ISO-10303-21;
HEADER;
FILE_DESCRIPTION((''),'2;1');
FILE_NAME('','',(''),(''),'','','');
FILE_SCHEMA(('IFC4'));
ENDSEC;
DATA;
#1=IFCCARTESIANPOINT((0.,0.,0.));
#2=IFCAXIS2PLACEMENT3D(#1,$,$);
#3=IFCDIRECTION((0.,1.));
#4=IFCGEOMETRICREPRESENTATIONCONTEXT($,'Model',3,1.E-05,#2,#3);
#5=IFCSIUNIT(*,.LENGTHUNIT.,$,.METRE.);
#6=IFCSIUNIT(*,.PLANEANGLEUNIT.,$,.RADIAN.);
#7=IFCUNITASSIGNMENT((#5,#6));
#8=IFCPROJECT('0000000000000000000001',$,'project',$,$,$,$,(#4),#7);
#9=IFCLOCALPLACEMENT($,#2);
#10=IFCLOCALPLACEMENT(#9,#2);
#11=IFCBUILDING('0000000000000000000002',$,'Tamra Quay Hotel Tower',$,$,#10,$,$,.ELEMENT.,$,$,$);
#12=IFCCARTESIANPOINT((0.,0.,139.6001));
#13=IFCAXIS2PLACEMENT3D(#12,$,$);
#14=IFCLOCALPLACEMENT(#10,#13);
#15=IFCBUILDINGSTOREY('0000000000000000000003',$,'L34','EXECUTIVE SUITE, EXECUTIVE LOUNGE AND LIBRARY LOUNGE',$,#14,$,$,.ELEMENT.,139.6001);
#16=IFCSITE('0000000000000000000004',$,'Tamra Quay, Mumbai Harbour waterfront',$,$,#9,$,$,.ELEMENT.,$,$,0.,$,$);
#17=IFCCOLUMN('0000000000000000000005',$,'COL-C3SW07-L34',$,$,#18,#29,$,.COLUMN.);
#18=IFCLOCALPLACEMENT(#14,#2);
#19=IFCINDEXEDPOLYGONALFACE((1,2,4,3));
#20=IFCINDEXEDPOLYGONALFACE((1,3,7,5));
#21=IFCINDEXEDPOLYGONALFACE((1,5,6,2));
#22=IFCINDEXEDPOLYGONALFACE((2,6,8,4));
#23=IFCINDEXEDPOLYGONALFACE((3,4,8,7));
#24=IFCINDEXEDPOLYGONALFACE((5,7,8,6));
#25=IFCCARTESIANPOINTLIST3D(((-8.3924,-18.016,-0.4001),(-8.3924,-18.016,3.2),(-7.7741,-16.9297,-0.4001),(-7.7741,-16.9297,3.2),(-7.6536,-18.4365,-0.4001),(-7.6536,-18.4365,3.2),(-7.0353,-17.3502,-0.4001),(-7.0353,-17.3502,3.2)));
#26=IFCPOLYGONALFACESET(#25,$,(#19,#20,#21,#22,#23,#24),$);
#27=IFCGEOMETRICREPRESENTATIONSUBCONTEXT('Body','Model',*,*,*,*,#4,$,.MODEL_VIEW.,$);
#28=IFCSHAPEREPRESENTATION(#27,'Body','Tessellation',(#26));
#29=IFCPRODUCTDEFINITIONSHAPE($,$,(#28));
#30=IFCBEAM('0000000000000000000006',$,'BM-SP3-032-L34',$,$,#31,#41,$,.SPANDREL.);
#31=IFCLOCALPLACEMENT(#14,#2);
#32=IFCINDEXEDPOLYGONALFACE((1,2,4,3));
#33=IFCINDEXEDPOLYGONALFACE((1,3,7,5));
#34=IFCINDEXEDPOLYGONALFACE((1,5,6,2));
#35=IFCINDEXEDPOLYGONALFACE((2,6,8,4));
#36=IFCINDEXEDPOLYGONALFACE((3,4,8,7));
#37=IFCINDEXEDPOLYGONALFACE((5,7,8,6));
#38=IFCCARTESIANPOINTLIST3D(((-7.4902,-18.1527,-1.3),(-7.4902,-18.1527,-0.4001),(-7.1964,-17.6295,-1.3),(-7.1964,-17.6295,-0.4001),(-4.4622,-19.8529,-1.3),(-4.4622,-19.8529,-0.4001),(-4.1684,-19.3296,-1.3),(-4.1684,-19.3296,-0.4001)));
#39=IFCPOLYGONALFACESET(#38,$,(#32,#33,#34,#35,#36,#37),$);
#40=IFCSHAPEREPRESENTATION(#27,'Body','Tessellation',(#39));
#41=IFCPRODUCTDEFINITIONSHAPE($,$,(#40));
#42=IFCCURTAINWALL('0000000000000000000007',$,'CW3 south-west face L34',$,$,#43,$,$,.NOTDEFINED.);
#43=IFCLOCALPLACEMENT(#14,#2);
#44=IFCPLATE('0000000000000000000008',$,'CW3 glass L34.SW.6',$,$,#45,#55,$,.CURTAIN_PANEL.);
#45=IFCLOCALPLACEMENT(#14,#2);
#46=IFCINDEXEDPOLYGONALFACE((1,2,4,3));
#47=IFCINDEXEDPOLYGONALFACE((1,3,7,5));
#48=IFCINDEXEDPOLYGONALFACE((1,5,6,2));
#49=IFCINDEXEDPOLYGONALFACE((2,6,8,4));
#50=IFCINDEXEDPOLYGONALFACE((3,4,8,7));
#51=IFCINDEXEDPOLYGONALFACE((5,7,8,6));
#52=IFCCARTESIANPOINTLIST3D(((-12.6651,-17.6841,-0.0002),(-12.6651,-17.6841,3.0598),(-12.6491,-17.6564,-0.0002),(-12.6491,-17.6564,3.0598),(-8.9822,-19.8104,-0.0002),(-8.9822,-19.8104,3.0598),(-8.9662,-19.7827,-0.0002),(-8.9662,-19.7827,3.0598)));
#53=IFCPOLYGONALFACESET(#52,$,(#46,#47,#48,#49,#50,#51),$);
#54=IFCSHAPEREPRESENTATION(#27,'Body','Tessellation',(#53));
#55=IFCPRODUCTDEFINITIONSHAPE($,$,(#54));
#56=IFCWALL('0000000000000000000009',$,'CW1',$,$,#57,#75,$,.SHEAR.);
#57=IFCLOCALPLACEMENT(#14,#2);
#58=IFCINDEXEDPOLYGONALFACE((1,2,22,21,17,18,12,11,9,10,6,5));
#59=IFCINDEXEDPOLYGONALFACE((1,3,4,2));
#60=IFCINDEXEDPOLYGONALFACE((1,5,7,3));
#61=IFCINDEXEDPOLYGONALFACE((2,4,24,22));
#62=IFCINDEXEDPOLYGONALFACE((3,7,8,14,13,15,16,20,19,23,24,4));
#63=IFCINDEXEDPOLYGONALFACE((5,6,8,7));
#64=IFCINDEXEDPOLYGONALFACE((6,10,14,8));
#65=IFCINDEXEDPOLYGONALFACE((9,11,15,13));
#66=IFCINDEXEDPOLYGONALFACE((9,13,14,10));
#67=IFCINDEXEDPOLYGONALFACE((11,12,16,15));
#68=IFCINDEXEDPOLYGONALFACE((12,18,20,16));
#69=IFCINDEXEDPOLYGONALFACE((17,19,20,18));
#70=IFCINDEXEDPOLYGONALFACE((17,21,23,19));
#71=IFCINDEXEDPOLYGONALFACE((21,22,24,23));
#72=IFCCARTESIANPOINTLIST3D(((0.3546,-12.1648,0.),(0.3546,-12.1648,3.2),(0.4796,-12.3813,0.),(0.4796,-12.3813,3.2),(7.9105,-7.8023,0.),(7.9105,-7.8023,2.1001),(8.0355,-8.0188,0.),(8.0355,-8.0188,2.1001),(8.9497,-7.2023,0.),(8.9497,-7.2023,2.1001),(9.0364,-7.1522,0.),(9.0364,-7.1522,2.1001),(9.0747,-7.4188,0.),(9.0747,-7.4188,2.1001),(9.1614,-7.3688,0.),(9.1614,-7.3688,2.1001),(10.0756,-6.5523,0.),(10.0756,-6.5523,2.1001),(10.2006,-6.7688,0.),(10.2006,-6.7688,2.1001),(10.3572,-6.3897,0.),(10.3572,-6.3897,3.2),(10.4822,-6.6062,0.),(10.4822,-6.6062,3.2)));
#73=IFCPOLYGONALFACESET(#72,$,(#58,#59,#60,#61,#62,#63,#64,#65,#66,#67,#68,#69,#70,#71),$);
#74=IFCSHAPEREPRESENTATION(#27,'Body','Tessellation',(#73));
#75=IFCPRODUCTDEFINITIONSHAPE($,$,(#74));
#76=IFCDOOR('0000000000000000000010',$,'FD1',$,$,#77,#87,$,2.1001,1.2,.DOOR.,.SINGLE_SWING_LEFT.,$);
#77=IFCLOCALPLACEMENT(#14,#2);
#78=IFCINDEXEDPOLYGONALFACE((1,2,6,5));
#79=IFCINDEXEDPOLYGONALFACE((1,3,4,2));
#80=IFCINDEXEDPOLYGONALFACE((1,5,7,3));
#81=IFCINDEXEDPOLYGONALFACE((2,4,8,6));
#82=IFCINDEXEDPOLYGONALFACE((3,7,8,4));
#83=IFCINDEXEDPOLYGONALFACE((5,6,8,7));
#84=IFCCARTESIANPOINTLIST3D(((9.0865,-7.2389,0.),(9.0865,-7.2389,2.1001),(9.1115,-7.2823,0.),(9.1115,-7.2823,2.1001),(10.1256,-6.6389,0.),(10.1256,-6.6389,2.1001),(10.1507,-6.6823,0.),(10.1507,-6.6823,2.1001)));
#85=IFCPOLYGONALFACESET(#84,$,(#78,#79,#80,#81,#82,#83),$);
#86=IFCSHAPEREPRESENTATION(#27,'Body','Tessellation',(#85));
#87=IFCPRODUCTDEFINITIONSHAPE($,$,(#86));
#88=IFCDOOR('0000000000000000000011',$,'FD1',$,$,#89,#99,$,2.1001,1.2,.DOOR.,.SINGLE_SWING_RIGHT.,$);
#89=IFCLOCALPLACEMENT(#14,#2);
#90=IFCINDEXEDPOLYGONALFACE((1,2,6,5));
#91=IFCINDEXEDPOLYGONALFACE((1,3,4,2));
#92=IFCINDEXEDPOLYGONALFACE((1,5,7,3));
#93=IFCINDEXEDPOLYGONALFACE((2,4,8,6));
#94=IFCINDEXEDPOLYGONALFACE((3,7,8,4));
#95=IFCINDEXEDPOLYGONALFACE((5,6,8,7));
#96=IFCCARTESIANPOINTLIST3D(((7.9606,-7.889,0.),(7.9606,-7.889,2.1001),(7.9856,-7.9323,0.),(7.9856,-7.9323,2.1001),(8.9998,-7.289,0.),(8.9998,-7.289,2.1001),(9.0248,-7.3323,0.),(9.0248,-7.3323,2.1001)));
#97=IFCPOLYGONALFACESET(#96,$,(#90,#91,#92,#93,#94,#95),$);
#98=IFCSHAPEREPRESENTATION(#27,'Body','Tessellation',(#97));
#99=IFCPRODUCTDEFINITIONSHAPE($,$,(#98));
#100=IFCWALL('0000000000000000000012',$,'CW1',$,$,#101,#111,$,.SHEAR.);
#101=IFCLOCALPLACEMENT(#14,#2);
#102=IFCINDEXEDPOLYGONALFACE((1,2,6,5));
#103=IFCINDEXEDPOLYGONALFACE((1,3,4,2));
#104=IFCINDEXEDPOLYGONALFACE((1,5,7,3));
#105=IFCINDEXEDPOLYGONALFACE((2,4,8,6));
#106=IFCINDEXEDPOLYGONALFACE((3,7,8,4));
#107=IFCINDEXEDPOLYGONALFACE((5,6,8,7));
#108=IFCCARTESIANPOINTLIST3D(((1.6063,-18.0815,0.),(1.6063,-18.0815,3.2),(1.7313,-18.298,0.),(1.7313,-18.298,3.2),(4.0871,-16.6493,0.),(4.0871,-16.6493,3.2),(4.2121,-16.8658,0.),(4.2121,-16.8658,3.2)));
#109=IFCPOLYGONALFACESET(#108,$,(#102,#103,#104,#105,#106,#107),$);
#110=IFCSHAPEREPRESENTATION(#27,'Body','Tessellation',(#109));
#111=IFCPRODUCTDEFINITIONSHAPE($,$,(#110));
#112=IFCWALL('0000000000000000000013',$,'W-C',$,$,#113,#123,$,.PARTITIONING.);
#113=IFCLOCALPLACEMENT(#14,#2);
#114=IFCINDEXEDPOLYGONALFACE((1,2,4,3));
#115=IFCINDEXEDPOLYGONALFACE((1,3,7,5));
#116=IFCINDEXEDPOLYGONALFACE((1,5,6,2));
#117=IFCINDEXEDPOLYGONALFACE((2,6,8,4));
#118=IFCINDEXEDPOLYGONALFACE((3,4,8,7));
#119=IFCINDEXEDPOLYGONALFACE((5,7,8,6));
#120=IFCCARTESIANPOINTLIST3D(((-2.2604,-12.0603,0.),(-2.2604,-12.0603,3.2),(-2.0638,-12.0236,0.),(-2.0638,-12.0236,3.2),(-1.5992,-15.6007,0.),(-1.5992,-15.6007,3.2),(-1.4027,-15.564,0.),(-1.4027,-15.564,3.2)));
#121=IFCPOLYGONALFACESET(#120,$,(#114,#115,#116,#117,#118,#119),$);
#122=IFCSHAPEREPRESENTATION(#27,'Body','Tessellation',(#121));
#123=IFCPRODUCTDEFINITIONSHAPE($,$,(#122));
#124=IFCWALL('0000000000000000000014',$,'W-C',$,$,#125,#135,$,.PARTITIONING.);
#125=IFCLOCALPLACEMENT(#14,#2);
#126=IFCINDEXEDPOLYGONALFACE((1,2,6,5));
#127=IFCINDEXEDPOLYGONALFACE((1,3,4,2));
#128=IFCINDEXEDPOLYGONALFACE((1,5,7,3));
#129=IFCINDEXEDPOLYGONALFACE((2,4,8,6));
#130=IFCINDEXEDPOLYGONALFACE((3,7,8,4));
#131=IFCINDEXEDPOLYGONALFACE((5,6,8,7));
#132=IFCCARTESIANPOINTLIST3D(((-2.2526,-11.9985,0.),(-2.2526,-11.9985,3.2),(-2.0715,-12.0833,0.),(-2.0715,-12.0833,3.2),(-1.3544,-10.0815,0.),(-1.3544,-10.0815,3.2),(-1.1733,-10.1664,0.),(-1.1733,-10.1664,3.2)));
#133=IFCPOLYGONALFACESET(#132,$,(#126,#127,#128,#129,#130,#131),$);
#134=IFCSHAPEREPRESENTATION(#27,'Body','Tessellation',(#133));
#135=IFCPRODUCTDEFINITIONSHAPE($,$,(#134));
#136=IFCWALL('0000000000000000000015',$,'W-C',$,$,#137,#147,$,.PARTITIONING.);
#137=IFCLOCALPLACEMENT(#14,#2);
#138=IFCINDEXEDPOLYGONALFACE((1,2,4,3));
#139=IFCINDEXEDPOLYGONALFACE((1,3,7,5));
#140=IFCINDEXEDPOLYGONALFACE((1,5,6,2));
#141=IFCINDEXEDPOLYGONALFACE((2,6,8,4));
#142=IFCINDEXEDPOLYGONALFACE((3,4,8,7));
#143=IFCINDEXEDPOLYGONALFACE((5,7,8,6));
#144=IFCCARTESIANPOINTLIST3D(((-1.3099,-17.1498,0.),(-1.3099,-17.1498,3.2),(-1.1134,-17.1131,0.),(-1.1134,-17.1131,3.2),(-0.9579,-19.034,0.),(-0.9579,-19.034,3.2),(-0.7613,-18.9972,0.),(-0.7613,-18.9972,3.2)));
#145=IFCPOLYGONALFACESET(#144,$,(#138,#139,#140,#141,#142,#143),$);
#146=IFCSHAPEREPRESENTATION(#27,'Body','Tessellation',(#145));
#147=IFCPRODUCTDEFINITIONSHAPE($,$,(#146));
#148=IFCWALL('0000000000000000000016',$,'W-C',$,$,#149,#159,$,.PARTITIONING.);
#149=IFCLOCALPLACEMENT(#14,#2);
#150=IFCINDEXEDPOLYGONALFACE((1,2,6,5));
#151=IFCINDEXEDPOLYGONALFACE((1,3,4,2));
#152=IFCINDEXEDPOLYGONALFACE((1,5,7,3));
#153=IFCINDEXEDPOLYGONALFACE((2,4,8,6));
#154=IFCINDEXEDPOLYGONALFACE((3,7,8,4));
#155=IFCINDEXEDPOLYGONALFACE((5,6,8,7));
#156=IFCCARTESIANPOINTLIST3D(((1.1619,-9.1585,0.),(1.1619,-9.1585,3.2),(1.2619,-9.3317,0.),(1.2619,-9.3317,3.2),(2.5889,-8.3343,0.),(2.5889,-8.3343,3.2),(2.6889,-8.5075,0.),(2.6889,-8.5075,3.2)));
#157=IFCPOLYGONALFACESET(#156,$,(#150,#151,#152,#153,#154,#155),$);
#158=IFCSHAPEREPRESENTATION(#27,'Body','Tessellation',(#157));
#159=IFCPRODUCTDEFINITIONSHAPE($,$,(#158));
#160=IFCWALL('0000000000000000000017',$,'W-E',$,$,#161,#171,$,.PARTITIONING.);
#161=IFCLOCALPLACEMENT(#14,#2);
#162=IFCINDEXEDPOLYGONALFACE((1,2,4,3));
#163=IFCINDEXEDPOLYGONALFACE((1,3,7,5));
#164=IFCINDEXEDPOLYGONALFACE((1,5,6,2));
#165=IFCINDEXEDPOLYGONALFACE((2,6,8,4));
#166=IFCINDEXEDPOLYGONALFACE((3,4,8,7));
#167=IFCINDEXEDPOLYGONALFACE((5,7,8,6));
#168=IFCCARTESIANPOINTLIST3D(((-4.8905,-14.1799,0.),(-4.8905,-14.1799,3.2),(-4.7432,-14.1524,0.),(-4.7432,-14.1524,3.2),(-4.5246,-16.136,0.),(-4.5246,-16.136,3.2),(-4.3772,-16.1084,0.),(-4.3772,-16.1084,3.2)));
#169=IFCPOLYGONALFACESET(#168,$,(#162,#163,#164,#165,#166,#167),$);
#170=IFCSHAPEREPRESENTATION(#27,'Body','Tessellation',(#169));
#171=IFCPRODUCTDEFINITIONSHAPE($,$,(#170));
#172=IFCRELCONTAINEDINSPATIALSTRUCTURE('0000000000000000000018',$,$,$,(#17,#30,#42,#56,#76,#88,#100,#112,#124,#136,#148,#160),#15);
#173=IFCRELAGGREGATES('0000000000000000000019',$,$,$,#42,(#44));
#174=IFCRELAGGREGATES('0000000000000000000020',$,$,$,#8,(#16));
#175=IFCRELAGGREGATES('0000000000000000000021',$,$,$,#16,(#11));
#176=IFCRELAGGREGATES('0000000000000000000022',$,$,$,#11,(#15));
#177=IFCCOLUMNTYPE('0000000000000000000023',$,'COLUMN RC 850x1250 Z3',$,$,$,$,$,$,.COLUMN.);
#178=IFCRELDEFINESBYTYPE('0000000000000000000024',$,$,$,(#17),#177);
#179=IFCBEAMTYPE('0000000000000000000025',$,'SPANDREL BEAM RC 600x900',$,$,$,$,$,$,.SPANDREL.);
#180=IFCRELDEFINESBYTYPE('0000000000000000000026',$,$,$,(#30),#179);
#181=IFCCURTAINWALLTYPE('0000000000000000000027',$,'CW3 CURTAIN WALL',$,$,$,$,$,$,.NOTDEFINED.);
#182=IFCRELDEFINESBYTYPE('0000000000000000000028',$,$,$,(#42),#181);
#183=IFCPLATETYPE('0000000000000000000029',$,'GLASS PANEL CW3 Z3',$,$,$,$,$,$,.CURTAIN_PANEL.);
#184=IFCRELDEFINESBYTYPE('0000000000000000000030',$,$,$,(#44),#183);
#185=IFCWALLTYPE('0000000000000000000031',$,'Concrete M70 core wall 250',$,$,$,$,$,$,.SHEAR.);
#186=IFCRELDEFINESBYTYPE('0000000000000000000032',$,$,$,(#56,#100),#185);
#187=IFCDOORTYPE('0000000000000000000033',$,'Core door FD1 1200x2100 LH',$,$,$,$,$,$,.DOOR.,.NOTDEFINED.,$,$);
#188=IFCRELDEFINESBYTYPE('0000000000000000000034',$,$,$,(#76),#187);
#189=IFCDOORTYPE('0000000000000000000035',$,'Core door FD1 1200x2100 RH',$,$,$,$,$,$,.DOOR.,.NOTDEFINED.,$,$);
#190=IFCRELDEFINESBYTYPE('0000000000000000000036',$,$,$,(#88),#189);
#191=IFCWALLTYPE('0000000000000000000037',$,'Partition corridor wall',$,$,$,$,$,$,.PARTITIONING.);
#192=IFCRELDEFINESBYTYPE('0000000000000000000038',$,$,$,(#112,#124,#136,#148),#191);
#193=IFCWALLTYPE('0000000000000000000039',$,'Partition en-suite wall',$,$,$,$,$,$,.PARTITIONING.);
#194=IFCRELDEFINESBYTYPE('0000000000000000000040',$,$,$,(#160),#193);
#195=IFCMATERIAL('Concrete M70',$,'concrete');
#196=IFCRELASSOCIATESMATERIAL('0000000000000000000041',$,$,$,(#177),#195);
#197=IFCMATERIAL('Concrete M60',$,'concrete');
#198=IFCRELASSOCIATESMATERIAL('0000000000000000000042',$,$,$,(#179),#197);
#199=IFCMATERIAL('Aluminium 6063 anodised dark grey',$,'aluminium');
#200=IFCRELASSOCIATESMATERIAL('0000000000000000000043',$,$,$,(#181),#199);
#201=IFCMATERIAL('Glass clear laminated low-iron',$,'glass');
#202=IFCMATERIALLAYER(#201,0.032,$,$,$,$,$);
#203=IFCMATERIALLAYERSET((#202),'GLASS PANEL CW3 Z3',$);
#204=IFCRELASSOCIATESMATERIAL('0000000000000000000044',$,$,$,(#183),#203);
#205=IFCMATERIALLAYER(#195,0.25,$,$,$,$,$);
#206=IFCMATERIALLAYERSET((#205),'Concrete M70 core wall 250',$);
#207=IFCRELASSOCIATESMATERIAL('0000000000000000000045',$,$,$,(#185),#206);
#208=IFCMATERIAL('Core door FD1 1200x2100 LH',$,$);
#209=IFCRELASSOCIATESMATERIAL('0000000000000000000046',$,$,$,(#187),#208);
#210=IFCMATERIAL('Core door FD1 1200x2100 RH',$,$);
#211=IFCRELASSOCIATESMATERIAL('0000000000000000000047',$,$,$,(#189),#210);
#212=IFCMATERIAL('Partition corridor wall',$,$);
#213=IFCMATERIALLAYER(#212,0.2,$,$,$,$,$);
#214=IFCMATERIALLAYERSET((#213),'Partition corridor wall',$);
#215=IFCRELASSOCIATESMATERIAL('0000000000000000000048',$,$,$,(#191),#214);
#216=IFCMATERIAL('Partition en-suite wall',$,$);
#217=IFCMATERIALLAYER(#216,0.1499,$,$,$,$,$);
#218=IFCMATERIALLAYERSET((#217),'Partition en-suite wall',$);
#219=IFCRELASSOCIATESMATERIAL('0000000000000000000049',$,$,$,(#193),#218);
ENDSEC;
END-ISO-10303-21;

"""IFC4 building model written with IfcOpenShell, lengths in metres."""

from ifc_helpers import new_model, si_unit, direction, frame, frame_2d, origin, origin_2d, place, context, subcontext, project, spatial, rectangle, extrude, material, layer, layer_set, material_profile, profile_set, type_object, element, fill, aggregate, save


model = new_model("IFC4")

# Units and contexts
model_context = context("Model", 3, precision=1e-05, world=origin(), true_north=direction((0.0, 1.0)))
body_context = subcontext(model_context, "Body", "Model", "MODEL_VIEW")
ifc_project = project(units=[si_unit("LENGTHUNIT", "METRE"), si_unit("PLANEANGLEUNIT", "RADIAN")], contexts=[model_context])

# Site, building, storey
site_placement = place(None, origin())
site = spatial("IfcSite", under=ifc_project, at=site_placement, Name="Tamra Quay, Mumbai Harbour waterfront", CompositionType="ELEMENT", RefElevation=0.0)
building_placement = place(site_placement, origin())
building = spatial("IfcBuilding", under=site, at=building_placement, Name="Tamra Quay Hotel Tower", CompositionType="ELEMENT")
storey_placement = place(building_placement, frame((0.0, 0.0, 139.6001)))
storey = spatial("IfcBuildingStorey", under=building, at=storey_placement, Name="L34", Description="EXECUTIVE SUITE, EXECUTIVE LOUNGE AND LIBRARY LOUNGE", CompositionType="ELEMENT", Elevation=139.6001)

# Column
ifc_material_1 = material(Name="Concrete M70", Category="concrete")
ifc_material_profile_1 = material_profile(ifc_material_1, rectangle(XDim=1.25, YDim=0.8501, at=origin_2d()), Name="COLUMN RC 850x1250 Z3")
ifc_profile_set_1 = profile_set([ifc_material_profile_1], Name="Concrete M70")
column_type = type_object("IfcColumnType", Name="COLUMN RC 850x1250 Z3", PredefinedType="COLUMN", material=ifc_profile_set_1)
column_placement = place(storey_placement, frame((-7.7139, -17.6831, -0.4001), z_axis=(0.0, 0.0, 1.0), x_axis=(0.494656, 0.869089, 0.0)))
element("IfcColumn", 1, at=column_placement, inside=storey, type_object=column_type, Name="COL-C3SW07-L34", PredefinedType="COLUMN", context=body_context, shape_type="SweptSolid", body=[
    extrude(rectangle(XDim=1.25, YDim=0.8501, at=origin_2d()), origin(), (0.0, 0.0, 1.0), 3.6001),
])

# Beam
ifc_material_2 = material(Name="Concrete M60", Category="concrete")
ifc_material_profile_2 = material_profile(ifc_material_2, rectangle(XDim=0.6001, YDim=0.8999, at=origin_2d()), Name="SPANDREL BEAM RC 600x900")
ifc_profile_set_2 = profile_set([ifc_material_profile_2], Name="Concrete M60")
beam_type = type_object("IfcBeamType", Name="SPANDREL BEAM RC 600x900", PredefinedType="SPANDREL", material=ifc_profile_set_2)
beam_placement = place(storey_placement, frame((-7.3433, -17.8911, -0.8501), z_axis=(0.871956, -0.489584, 0.0), x_axis=(0.489584, 0.871956, 0.0)))
element("IfcBeam", 2, at=beam_placement, inside=storey, type_object=beam_type, Name="BM-SP3-032-L34", PredefinedType="SPANDREL", context=body_context, shape_type="SweptSolid", body=[
    extrude(rectangle(XDim=0.6001, YDim=0.8999, at=origin_2d()), origin(), (0.0, 0.0, 1.0), 3.4727),
])

# Curtain wall, plate
ifc_material_3 = material(Name="Aluminium 6063 anodised dark grey", Category="aluminium")
curtain_wall_type = type_object("IfcCurtainWallType", Name="CW3 CURTAIN WALL", PredefinedType="NOTDEFINED", material=ifc_material_3)
curtain_wall_placement = place(storey_placement, origin())
curtain_wall = element("IfcCurtainWall", 3, at=curtain_wall_placement, inside=storey, type_object=curtain_wall_type, Name="CW3 south-west face L34", PredefinedType="NOTDEFINED")
ifc_material_4 = material(Name="Glass clear laminated low-iron", Category="glass")
ifc_layer_1 = layer(ifc_material_4, 0.032)
ifc_layer_set_1 = layer_set([ifc_layer_1], Name="GLASS PANEL CW3 Z3")
plate_type = type_object("IfcPlateType", Name="GLASS PANEL CW3 Z3", PredefinedType="CURTAIN_PANEL", material=ifc_layer_set_1)
plate_placement = place(storey_placement, frame((-10.8157, -18.7334, -0.0002), z_axis=(0.0, 0.0, 1.0), x_axis=(0.866025, -0.5, 0.0)))
plate = element("IfcPlate", 4, at=plate_placement, type_object=plate_type, Name="CW3 glass L34.SW.6", PredefinedType="CURTAIN_PANEL", context=body_context, shape_type="SweptSolid", body=[
    extrude(rectangle(XDim=4.2527, YDim=0.032, at=origin_2d()), origin(), (0.0, 0.0, 1.0), 3.0601),
])
aggregate(curtain_wall, [plate])

# Wall, openings, doors
ifc_layer_2 = layer(ifc_material_1, 0.25)
ifc_layer_set_2 = layer_set([ifc_layer_2], Name="Concrete M70 core wall 250")
wall_type_1 = type_object("IfcWallType", Name="Concrete M70 core wall 250", PredefinedType="SHEAR", material=ifc_layer_set_2)
wall_1_placement = place(storey_placement, frame((0.4172, -12.2729, 0.0), z_axis=(0.0, 0.0, 1.0), x_axis=(0.866022, 0.500006, 0.0)))
wall_1 = element("IfcWall", 5, at=wall_1_placement, inside=storey, type_object=wall_type_1, Name="CW1", PredefinedType="SHEAR", context=body_context, shape_type="SweptSolid", body=[
    extrude(rectangle(XDim=11.55, YDim=0.25, at=frame_2d((5.7749, 0.0))), origin(), (0.0, 0.0, 1.0), 3.2),
])
opening_1_placement = place(wall_1_placement, frame((10.0247, 0.0, 0.0)))
opening_1 = element("IfcOpeningElement", 6, at=opening_1_placement, cuts=wall_1, PredefinedType="OPENING", context=body_context, shape_type="SweptSolid", body=[
    extrude(rectangle(XDim=1.2, YDim=2.1001, at=frame_2d((0.6001, 1.05))), frame((0.0, 0.135, 0.0), z_axis=(0.0, -1.0, 0.0), x_axis=(1.0, 0.0, 0.0)), (0.0, 0.0, 1.0), 0.27),
])
opening_2_placement = place(wall_1_placement, frame((8.7246, 0.0, 0.0)))
opening_2 = element("IfcOpeningElement", 7, at=opening_2_placement, cuts=wall_1, PredefinedType="OPENING", context=body_context, shape_type="SweptSolid", body=[
    extrude(rectangle(XDim=1.2, YDim=2.1001, at=frame_2d((0.6001, 1.05))), frame((0.0, 0.135, 0.0), z_axis=(0.0, -1.0, 0.0), x_axis=(1.0, 0.0, 0.0)), (0.0, 0.0, 1.0), 0.27),
])
ifc_material_5 = material(Name="Core door FD1 1200x2100 LH")
door_type_1 = type_object("IfcDoorType", Name="Core door FD1 1200x2100 LH", OperationType="NOTDEFINED", PredefinedType="DOOR", material=ifc_material_5)
door_1_placement = place(opening_1_placement, origin())
door_1 = element("IfcDoor", 8, at=door_1_placement, inside=storey, type_object=door_type_1, Name="FD1", OperationType="SINGLE_SWING_LEFT", OverallHeight=2.1001, OverallWidth=1.2, PredefinedType="DOOR", context=body_context, shape_type="SweptSolid", body=[
    extrude(rectangle(XDim=1.2, YDim=2.1001, at=frame_2d((0.6001, 1.05))), frame((0.0, 0.0249, 0.0), z_axis=(0.0, -1.0, 0.0), x_axis=(1.0, 0.0, 0.0)), (0.0, 0.0, 1.0), 0.05),
])
fill(opening_1, door_1)
ifc_material_6 = material(Name="Core door FD1 1200x2100 RH")
door_type_2 = type_object("IfcDoorType", Name="Core door FD1 1200x2100 RH", OperationType="NOTDEFINED", PredefinedType="DOOR", material=ifc_material_6)
door_2_placement = place(opening_2_placement, origin())
door_2 = element("IfcDoor", 9, at=door_2_placement, inside=storey, type_object=door_type_2, Name="FD1", OperationType="SINGLE_SWING_RIGHT", OverallHeight=2.1001, OverallWidth=1.2, PredefinedType="DOOR", context=body_context, shape_type="SweptSolid", body=[
    extrude(rectangle(XDim=1.2, YDim=2.1001, at=frame_2d((0.6001, 1.05))), frame((0.0, 0.0249, 0.0), z_axis=(0.0, -1.0, 0.0), x_axis=(1.0, 0.0, 0.0)), (0.0, 0.0, 1.0), 0.05),
])
fill(opening_2, door_2)

# Walls
wall_2_placement = place(storey_placement, frame((1.6689, -18.1897, 0.0), z_axis=(0.0, 0.0, 1.0), x_axis=(0.866042, 0.499971, 0.0)))
element("IfcWall", 10, at=wall_2_placement, inside=storey, type_object=wall_type_1, Name="CW1", PredefinedType="SHEAR", context=body_context, shape_type="SweptSolid", body=[
    extrude(rectangle(XDim=2.8645, YDim=0.25, at=frame_2d((1.4321, 0.0))), origin(), (0.0, 0.0, 1.0), 3.2),
])
ifc_material_7 = material(Name="Partition corridor wall")
ifc_layer_3 = layer(ifc_material_7, 0.2)
ifc_layer_set_3 = layer_set([ifc_layer_3], Name="Partition corridor wall")
wall_type_2 = type_object("IfcWallType", Name="Partition corridor wall", PredefinedType="PARTITIONING", material=ifc_layer_set_3)
wall_3_placement = place(storey_placement, frame((-2.1621, -12.042, 0.0), z_axis=(0.0, 0.0, 1.0), x_axis=(0.183572, -0.983006, 0.0)))
element("IfcWall", 11, at=wall_3_placement, inside=storey, type_object=wall_type_2, Name="W-C", PredefinedType="PARTITIONING", context=body_context, shape_type="SweptSolid", body=[
    extrude(rectangle(XDim=3.6016, YDim=0.2, at=frame_2d((1.8008, 0.0))), origin(), (0.0, 0.0, 1.0), 3.2),
])
wall_4_placement = place(storey_placement, frame((-2.1621, -12.041, 0.0), z_axis=(0.0, 0.0, 1.0), x_axis=(0.42428, 0.905531, 0.0)))
element("IfcWall", 12, at=wall_4_placement, inside=storey, type_object=wall_type_2, Name="W-C", PredefinedType="PARTITIONING", context=body_context, shape_type="SweptSolid", body=[
    extrude(rectangle(XDim=2.1169, YDim=0.2, at=frame_2d((1.0586, 0.0))), origin(), (0.0, 0.0, 1.0), 3.2),
])
wall_5_placement = place(storey_placement, frame((-1.2117, -17.1313, 0.0), z_axis=(0.0, 0.0, 1.0), x_axis=(0.183681, -0.982986, 0.0)))
element("IfcWall", 13, at=wall_5_placement, inside=storey, type_object=wall_type_2, Name="W-C", PredefinedType="PARTITIONING", context=body_context, shape_type="SweptSolid", body=[
    extrude(rectangle(XDim=1.9167, YDim=0.2, at=frame_2d((0.9585, 0.0))), origin(), (0.0, 0.0, 1.0), 3.2),
])
wall_6_placement = place(storey_placement, frame((1.2119, -9.2451, 0.0), z_axis=(0.0, 0.0, 1.0), x_axis=(0.865936, 0.500154, 0.0)))
element("IfcWall", 14, at=wall_6_placement, inside=storey, type_object=wall_type_2, Name="W-C", PredefinedType="PARTITIONING", context=body_context, shape_type="SweptSolid", body=[
    extrude(rectangle(XDim=1.6479, YDim=0.2, at=frame_2d((0.824, 0.0))), origin(), (0.0, 0.0, 1.0), 3.2),
])
ifc_material_8 = material(Name="Partition en-suite wall")
ifc_layer_4 = layer(ifc_material_8, 0.1499)
ifc_layer_set_4 = layer_set([ifc_layer_4], Name="Partition en-suite wall")
wall_type_3 = type_object("IfcWallType", Name="Partition en-suite wall", PredefinedType="PARTITIONING", material=ifc_layer_set_4)
wall_7_placement = place(storey_placement, frame((-4.8169, -14.166, 0.0), z_axis=(0.0, 0.0, 1.0), x_axis=(0.183903, -0.982944, 0.0)))
element("IfcWall", 15, at=wall_7_placement, inside=storey, type_object=wall_type_3, Name="W-E", PredefinedType="PARTITIONING", context=body_context, shape_type="SweptSolid", body=[
    extrude(rectangle(XDim=1.99, YDim=0.1499, at=frame_2d((0.9951, 0.0))), origin(), (0.0, 0.0, 1.0), 3.2),
])

save(model, "model.ifc")
